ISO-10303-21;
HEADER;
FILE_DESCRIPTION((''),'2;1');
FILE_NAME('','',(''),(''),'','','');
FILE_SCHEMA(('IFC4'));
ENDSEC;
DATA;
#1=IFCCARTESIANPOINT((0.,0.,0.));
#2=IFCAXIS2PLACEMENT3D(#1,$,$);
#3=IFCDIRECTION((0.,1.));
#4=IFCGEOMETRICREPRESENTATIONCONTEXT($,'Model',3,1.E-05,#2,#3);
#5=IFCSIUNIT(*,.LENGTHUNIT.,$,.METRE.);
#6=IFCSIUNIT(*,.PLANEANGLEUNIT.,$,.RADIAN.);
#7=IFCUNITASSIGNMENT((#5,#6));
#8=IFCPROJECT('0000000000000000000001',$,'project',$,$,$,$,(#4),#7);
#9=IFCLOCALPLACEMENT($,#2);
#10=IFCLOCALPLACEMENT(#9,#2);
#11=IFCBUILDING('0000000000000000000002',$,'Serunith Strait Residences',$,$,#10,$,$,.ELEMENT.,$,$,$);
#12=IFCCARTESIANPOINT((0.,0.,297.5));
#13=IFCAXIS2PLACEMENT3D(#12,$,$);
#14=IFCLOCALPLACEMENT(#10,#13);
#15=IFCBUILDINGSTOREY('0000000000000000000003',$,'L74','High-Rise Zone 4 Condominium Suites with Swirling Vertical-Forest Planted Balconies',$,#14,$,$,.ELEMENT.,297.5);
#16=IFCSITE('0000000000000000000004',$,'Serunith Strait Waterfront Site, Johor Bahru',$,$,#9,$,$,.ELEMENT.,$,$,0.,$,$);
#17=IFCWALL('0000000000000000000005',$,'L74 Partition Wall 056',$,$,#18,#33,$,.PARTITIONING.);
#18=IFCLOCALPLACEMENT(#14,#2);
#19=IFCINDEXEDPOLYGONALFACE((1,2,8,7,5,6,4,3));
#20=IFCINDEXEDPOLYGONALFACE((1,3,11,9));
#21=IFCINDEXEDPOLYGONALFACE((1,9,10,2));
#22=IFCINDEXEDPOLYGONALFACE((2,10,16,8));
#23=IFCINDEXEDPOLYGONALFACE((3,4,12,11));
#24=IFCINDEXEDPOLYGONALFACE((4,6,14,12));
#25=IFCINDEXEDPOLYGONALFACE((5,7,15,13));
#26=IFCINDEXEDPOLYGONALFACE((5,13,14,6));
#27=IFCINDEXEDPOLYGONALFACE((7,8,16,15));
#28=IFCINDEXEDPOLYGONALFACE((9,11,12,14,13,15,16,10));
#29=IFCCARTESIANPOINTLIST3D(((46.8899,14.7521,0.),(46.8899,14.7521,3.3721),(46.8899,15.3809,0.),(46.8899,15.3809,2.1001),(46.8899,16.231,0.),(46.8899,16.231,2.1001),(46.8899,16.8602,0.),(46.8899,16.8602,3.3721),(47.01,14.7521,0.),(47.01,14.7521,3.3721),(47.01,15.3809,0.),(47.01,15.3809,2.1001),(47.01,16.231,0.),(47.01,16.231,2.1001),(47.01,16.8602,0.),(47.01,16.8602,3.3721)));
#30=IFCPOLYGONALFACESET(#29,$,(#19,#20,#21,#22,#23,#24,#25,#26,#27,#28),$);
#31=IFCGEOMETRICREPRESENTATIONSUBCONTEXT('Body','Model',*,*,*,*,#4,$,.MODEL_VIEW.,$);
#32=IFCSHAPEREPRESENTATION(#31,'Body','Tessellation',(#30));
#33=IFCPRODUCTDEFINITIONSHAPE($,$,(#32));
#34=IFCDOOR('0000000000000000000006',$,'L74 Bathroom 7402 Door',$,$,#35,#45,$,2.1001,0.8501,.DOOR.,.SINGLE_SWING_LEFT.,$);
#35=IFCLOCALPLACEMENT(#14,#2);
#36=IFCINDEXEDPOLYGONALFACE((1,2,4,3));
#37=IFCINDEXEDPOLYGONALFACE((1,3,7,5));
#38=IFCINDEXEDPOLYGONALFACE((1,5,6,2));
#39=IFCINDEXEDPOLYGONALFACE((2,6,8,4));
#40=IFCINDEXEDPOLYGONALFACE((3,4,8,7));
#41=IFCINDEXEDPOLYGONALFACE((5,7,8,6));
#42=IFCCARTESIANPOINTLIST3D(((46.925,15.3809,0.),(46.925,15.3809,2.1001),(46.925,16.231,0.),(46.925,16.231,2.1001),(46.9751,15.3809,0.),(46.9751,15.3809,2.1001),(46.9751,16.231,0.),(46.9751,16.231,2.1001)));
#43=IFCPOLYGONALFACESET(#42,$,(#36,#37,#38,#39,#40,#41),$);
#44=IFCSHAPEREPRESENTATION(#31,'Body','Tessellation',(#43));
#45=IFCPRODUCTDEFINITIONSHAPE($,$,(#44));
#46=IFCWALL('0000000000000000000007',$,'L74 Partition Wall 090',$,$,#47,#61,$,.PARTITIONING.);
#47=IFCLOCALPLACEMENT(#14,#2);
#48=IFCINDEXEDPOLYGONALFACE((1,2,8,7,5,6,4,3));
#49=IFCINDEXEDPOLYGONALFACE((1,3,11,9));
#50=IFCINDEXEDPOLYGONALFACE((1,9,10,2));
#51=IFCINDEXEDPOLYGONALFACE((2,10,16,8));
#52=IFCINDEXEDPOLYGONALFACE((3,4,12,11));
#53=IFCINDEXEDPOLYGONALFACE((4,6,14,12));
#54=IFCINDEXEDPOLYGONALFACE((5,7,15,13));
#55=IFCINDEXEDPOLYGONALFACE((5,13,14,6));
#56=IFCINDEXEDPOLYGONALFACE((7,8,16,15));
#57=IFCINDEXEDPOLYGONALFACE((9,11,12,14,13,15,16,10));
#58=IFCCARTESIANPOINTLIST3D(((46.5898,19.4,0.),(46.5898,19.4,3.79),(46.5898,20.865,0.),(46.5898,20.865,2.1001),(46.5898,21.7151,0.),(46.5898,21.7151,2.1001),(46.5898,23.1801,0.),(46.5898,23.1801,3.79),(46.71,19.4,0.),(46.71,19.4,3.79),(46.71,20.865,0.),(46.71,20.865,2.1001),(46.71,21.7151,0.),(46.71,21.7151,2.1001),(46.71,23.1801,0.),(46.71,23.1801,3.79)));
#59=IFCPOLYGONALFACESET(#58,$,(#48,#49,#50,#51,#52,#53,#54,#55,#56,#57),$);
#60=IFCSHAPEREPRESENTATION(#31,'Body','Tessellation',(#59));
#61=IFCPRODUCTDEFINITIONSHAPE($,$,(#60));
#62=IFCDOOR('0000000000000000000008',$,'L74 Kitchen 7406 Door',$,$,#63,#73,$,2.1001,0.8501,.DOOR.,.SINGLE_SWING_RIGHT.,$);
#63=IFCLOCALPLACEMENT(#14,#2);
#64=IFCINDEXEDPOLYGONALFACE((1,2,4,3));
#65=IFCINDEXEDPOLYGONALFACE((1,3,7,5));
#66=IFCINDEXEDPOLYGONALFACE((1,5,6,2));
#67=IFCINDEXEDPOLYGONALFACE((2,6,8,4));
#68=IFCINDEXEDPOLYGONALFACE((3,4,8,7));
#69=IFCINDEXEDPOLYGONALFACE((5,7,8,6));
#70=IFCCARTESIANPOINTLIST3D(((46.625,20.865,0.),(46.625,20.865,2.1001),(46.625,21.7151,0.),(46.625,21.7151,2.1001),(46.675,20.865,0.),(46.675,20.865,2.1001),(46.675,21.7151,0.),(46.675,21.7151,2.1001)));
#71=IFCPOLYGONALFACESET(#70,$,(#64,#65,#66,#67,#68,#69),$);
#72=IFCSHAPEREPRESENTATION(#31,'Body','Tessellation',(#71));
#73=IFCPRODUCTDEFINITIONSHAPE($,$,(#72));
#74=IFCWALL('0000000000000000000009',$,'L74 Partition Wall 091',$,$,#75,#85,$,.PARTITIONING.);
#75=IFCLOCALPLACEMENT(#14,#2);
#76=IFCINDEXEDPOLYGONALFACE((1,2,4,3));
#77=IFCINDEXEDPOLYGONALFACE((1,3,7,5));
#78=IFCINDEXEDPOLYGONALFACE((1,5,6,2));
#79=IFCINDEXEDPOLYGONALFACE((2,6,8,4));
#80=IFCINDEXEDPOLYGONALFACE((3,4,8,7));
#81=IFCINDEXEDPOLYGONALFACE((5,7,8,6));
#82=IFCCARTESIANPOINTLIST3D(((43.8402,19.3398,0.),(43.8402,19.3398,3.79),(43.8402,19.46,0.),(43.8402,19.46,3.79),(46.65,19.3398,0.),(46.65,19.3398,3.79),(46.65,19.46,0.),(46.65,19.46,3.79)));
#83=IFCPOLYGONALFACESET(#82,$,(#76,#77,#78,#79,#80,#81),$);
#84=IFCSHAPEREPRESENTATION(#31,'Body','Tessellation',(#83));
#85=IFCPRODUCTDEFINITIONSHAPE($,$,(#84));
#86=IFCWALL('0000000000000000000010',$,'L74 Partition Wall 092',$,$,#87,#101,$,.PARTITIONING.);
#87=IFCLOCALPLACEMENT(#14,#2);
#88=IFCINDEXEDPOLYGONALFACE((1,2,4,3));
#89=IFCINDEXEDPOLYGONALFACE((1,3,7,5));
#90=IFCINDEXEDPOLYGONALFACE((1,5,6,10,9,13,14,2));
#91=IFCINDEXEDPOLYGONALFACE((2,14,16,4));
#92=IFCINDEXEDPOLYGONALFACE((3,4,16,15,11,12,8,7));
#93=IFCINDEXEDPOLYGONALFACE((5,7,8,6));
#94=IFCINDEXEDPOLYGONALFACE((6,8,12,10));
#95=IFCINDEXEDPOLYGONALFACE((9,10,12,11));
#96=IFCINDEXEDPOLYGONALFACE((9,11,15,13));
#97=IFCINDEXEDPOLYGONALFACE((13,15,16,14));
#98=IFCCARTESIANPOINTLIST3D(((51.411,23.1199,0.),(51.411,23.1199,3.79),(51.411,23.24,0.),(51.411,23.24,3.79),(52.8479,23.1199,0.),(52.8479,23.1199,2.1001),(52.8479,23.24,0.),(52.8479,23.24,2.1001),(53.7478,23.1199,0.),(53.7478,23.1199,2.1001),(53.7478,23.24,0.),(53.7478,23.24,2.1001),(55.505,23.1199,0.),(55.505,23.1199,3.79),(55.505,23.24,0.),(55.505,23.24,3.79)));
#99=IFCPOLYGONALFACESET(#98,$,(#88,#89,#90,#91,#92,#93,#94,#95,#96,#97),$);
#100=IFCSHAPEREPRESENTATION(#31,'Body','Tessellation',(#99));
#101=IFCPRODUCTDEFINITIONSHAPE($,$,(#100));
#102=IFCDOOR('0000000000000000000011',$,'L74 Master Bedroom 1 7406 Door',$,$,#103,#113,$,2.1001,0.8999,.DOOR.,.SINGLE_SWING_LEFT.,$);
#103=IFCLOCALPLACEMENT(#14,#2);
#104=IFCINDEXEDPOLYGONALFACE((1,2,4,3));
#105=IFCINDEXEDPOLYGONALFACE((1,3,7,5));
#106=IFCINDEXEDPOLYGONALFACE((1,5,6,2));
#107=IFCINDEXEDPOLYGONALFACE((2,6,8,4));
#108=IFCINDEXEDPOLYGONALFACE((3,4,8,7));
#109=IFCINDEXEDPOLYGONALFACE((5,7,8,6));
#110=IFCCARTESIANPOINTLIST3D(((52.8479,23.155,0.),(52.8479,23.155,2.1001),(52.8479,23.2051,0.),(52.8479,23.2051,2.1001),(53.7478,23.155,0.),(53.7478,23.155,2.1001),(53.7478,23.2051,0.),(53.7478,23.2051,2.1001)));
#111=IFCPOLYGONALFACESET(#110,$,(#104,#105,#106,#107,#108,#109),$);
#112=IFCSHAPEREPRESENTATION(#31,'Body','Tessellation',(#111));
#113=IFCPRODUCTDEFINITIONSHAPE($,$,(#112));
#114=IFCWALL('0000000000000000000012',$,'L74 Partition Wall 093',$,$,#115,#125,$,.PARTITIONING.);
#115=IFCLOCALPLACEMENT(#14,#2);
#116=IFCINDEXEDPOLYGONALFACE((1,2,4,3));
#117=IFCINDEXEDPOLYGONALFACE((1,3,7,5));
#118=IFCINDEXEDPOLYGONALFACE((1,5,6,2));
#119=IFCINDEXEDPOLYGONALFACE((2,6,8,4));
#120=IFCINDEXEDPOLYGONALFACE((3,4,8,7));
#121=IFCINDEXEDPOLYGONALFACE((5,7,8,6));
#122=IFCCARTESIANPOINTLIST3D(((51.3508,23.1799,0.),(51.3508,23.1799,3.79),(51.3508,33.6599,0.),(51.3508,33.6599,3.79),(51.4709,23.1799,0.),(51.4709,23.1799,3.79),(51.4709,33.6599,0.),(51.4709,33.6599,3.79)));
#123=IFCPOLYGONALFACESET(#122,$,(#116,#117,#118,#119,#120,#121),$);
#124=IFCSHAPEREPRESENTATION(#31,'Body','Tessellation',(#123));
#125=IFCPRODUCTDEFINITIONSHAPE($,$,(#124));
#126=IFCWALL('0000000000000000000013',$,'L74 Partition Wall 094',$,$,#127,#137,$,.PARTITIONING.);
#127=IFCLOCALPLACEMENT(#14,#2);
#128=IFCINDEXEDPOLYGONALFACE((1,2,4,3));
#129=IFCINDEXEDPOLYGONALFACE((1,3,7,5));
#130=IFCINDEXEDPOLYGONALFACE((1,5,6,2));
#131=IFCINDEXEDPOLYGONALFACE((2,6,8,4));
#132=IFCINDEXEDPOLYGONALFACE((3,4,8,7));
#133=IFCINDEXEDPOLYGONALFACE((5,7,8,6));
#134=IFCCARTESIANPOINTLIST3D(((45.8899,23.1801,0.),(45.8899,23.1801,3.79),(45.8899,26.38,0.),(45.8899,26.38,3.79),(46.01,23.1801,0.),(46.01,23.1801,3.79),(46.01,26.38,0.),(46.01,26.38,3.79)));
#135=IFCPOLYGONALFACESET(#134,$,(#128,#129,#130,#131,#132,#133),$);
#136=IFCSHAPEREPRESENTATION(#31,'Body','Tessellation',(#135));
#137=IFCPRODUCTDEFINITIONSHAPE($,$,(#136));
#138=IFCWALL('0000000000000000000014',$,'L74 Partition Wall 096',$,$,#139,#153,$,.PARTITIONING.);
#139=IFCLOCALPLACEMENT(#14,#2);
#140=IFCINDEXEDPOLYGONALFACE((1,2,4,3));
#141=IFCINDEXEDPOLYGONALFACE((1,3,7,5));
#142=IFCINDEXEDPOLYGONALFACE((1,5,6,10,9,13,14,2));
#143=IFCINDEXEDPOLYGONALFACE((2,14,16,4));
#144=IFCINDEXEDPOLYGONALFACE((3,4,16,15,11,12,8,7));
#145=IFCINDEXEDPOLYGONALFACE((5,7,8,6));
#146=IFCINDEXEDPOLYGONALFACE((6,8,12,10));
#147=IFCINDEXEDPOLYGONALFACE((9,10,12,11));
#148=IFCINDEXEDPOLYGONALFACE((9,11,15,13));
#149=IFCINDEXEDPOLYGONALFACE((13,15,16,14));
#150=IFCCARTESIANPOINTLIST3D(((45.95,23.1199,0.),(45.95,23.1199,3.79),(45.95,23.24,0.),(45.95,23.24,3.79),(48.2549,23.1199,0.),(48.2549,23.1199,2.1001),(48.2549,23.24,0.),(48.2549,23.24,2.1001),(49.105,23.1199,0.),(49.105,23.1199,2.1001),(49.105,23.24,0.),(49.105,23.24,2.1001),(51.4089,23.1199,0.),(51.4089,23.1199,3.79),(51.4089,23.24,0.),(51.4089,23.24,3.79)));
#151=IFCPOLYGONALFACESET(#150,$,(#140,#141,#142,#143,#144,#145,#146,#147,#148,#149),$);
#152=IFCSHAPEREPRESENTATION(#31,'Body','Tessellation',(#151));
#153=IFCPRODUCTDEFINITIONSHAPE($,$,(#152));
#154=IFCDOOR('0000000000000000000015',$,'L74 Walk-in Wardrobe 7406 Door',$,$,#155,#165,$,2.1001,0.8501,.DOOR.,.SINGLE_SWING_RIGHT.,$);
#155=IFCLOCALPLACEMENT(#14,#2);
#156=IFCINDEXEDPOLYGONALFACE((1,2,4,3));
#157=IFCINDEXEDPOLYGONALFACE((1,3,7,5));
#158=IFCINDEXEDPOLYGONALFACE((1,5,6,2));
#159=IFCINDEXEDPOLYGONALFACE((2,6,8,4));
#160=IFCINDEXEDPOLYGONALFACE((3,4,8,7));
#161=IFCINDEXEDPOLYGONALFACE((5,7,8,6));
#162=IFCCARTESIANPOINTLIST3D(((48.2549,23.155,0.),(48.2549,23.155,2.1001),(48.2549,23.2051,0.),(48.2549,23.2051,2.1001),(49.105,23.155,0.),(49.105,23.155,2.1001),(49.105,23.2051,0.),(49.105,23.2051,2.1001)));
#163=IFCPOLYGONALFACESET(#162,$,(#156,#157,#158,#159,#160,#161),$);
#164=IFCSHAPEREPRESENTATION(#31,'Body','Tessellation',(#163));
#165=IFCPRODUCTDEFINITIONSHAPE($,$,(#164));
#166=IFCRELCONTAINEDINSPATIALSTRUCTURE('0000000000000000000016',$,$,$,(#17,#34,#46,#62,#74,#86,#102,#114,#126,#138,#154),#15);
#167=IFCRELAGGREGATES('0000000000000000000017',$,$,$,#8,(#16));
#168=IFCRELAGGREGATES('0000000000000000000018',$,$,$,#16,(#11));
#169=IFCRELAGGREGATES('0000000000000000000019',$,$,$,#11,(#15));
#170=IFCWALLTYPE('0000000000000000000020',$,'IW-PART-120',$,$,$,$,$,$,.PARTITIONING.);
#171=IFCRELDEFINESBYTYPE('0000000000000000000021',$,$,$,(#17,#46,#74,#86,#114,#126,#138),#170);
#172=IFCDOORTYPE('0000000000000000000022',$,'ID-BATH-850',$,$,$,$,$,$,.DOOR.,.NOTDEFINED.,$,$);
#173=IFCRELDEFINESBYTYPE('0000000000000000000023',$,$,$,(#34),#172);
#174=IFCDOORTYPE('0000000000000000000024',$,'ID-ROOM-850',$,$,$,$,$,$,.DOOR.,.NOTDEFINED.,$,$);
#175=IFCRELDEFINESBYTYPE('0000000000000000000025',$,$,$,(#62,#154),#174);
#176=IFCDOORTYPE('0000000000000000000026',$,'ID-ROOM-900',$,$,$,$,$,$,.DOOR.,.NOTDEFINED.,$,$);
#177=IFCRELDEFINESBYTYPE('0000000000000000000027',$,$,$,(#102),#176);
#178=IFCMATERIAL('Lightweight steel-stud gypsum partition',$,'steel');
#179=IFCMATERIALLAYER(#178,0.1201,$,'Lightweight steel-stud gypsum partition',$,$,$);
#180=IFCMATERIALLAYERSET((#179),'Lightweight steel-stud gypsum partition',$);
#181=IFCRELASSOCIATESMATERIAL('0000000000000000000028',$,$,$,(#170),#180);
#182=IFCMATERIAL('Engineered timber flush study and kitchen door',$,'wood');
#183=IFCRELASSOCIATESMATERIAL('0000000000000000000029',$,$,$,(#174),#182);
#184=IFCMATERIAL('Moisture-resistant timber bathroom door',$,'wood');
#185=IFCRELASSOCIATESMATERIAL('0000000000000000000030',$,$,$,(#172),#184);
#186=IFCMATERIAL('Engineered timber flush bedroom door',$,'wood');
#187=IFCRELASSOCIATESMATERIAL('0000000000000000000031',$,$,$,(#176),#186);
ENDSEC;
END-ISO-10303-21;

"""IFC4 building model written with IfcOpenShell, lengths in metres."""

from ifc_helpers import new_model, si_unit, direction, frame, frame_2d, origin, place, context, subcontext, project, spatial, rectangle, extrude, source, transform, mapped, material, layer, layer_set, type_object, element, fill, save


model = new_model("IFC4")

# Units and contexts
model_context = context("Model", 3, precision=1e-05, world=origin(), true_north=direction((0.0, 1.0)))
body_context = subcontext(model_context, "Body", "Model", "MODEL_VIEW")
ifc_project = project(units=[si_unit("LENGTHUNIT", "METRE"), si_unit("PLANEANGLEUNIT", "RADIAN")], contexts=[model_context])

# Site, building, storey
site_placement = place(None, origin())
site = spatial("IfcSite", under=ifc_project, at=site_placement, Name="Serunith Strait Waterfront Site, Johor Bahru", CompositionType="ELEMENT", RefElevation=0.0)
building_placement = place(site_placement, origin())
building = spatial("IfcBuilding", under=site, at=building_placement, Name="Serunith Strait Residences", CompositionType="ELEMENT")
storey_placement = place(building_placement, frame((0.0, 0.0, 297.5)))
storey = spatial("IfcBuildingStorey", under=building, at=storey_placement, Name="L74", Description="High-Rise Zone 4 Condominium Suites with Swirling Vertical-Forest Planted Balconies", CompositionType="ELEMENT", Elevation=297.5)

# Shared definitions
ifc_material_1 = material(Name="Lightweight steel-stud gypsum partition", Category="steel")
ifc_layer_1 = layer(ifc_material_1, 0.1201, Name="Lightweight steel-stud gypsum partition")
ifc_layer_set_1 = layer_set([ifc_layer_1], Name="Lightweight steel-stud gypsum partition")
wall_type_1 = type_object("IfcWallType", Name="IW-PART-120", PredefinedType="PARTITIONING", material=ifc_layer_set_1)

# Walls, openings, doors
ifc_material_2 = material(Name="Engineered timber flush study and kitchen door", Category="wood")
door_type_1 = type_object("IfcDoorType", Name="ID-ROOM-850", OperationType="NOTDEFINED", PredefinedType="DOOR", material=ifc_material_2)
shared_shape_1 = source(origin(), body_context, "Body", "SweptSolid", [
    extrude(rectangle(XDim=0.8501, YDim=2.1001, at=frame_2d((0.425, 1.05))), frame((0.0, 0.0249, 0.0), z_axis=(0.0, -1.0, 0.0), x_axis=(1.0, 0.0, 0.0)), (0.0, 0.0, 1.0), 0.05),
])
wall_1_placement = place(storey_placement, frame((46.95, 14.752, 0.0), z_axis=(0.0, 0.0, 1.0), x_axis=(0.0, 1.0, 0.0)))
wall_1 = element("IfcWall", 1, at=wall_1_placement, inside=storey, type_object=wall_type_1, Name="L74 Partition Wall 056", PredefinedType="PARTITIONING", context=body_context, shape_type="SweptSolid", body=[
    extrude(rectangle(XDim=2.1082, YDim=0.1201, at=frame_2d((1.0542, 0.0))), origin(), (0.0, 0.0, 1.0), 3.3721),
])
opening_1_placement = place(wall_1_placement, frame((0.6289, 0.0, 0.0)))
opening_1 = element("IfcOpeningElement", 2, at=opening_1_placement, cuts=wall_1, PredefinedType="OPENING", context=body_context, shape_type="SweptSolid", body=[
    extrude(rectangle(XDim=0.8501, YDim=2.1001, at=frame_2d((0.425, 1.05))), frame((0.0, 0.0701, 0.0), z_axis=(0.0, -1.0, 0.0), x_axis=(1.0, 0.0, 0.0)), (0.0, 0.0, 1.0), 0.1401),
])
ifc_material_3 = material(Name="Moisture-resistant timber bathroom door", Category="wood")
door_type_2 = type_object("IfcDoorType", Name="ID-BATH-850", OperationType="NOTDEFINED", PredefinedType="DOOR", material=ifc_material_3)
door_1_placement = place(opening_1_placement, origin())
door_1 = element("IfcDoor", 3, at=door_1_placement, inside=storey, type_object=door_type_2, Name="L74 Bathroom 7402 Door", OperationType="SINGLE_SWING_LEFT", OverallHeight=2.1001, OverallWidth=0.8501, PredefinedType="DOOR", context=body_context, shape_type="MappedRepresentation", body=[
    mapped(shared_shape_1, transform((0.0, 0.0, 0.0), scale=1.0)),
])
fill(opening_1, door_1)
wall_2_placement = place(storey_placement, frame((46.6499, 19.3999, 0.0), z_axis=(0.0, 0.0, 1.0), x_axis=(0.0, 1.0, 0.0)))
wall_2 = element("IfcWall", 4, at=wall_2_placement, inside=storey, type_object=wall_type_1, Name="L74 Partition Wall 090", PredefinedType="PARTITIONING", context=body_context, shape_type="SweptSolid", body=[
    extrude(rectangle(XDim=3.78, YDim=0.1201, at=frame_2d((1.8901, 0.0))), origin(), (0.0, 0.0, 1.0), 3.79),
])
opening_2_placement = place(wall_2_placement, frame((1.4651, 0.0, 0.0)))
opening_2 = element("IfcOpeningElement", 5, at=opening_2_placement, cuts=wall_2, PredefinedType="OPENING", context=body_context, shape_type="SweptSolid", body=[
    extrude(rectangle(XDim=0.8501, YDim=2.1001, at=frame_2d((0.425, 1.05))), frame((0.0, 0.0701, 0.0), z_axis=(0.0, -1.0, 0.0), x_axis=(1.0, 0.0, 0.0)), (0.0, 0.0, 1.0), 0.1401),
])
door_2_placement = place(opening_2_placement, origin())
door_2 = element("IfcDoor", 6, at=door_2_placement, inside=storey, type_object=door_type_1, Name="L74 Kitchen 7406 Door", OperationType="SINGLE_SWING_RIGHT", OverallHeight=2.1001, OverallWidth=0.8501, PredefinedType="DOOR", context=body_context, shape_type="MappedRepresentation", body=[
    mapped(shared_shape_1, transform((0.0, 0.0, 0.0), scale=1.0)),
])
fill(opening_2, door_2)

# Wall
wall_3_placement = place(storey_placement, frame((46.6499, 19.3999, 0.0), z_axis=(0.0, 0.0, 1.0), x_axis=(-1.0, 0.0, 0.0)))
element("IfcWall", 7, at=wall_3_placement, inside=storey, type_object=wall_type_1, Name="L74 Partition Wall 091", PredefinedType="PARTITIONING", context=body_context, shape_type="SweptSolid", body=[
    extrude(rectangle(XDim=2.8098, YDim=0.1201, at=frame_2d((1.4048, 0.0))), origin(), (0.0, 0.0, 1.0), 3.79),
])

# Wall, opening, door
wall_4_placement = place(storey_placement, frame((55.5049, 23.1799, 0.0), z_axis=(0.0, 0.0, 1.0), x_axis=(-1.0, 0.0, 0.0)))
wall_4 = element("IfcWall", 8, at=wall_4_placement, inside=storey, type_object=wall_type_1, Name="L74 Partition Wall 092", PredefinedType="PARTITIONING", context=body_context, shape_type="SweptSolid", body=[
    extrude(rectangle(XDim=4.094, YDim=0.1201, at=frame_2d((2.0469, 0.0))), origin(), (0.0, 0.0, 1.0), 3.79),
])
opening_3_placement = place(wall_4_placement, frame((1.7571, 0.0, 0.0)))
opening_3 = element("IfcOpeningElement", 9, at=opening_3_placement, cuts=wall_4, PredefinedType="OPENING", context=body_context, shape_type="SweptSolid", body=[
    extrude(rectangle(XDim=0.8999, YDim=2.1001, at=frame_2d((0.45, 1.05))), frame((0.0, 0.0701, 0.0), z_axis=(0.0, -1.0, 0.0), x_axis=(1.0, 0.0, 0.0)), (0.0, 0.0, 1.0), 0.1401),
])
ifc_material_4 = material(Name="Engineered timber flush bedroom door", Category="wood")
door_type_3 = type_object("IfcDoorType", Name="ID-ROOM-900", OperationType="NOTDEFINED", PredefinedType="DOOR", material=ifc_material_4)
shared_shape_2 = source(origin(), body_context, "Body", "SweptSolid", [
    extrude(rectangle(XDim=0.8999, YDim=2.1001, at=frame_2d((0.45, 1.05))), frame((0.0, 0.0249, 0.0), z_axis=(0.0, -1.0, 0.0), x_axis=(1.0, 0.0, 0.0)), (0.0, 0.0, 1.0), 0.05),
])
door_3_placement = place(opening_3_placement, origin())
door_3 = element("IfcDoor", 10, at=door_3_placement, inside=storey, type_object=door_type_3, Name="L74 Master Bedroom 1 7406 Door", OperationType="SINGLE_SWING_LEFT", OverallHeight=2.1001, OverallWidth=0.8999, PredefinedType="DOOR", context=body_context, shape_type="MappedRepresentation", body=[
    mapped(shared_shape_2, transform((0.0, 0.0, 0.0), scale=1.0)),
])
fill(opening_3, door_3)

# Walls
wall_5_placement = place(storey_placement, frame((51.4109, 23.1799, 0.0), z_axis=(0.0, 0.0, 1.0), x_axis=(0.0, 1.0, 0.0)))
element("IfcWall", 11, at=wall_5_placement, inside=storey, type_object=wall_type_1, Name="L74 Partition Wall 093", PredefinedType="PARTITIONING", context=body_context, shape_type="SweptSolid", body=[
    extrude(rectangle(XDim=10.48, YDim=0.1201, at=frame_2d((5.24, 0.0))), origin(), (0.0, 0.0, 1.0), 3.79),
])
wall_6_placement = place(storey_placement, frame((45.95, 23.1799, 0.0), z_axis=(0.0, 0.0, 1.0), x_axis=(0.0, 1.0, 0.0)))
element("IfcWall", 12, at=wall_6_placement, inside=storey, type_object=wall_type_1, Name="L74 Partition Wall 094", PredefinedType="PARTITIONING", context=body_context, shape_type="SweptSolid", body=[
    extrude(rectangle(XDim=3.2, YDim=0.1201, at=frame_2d((1.6001, 0.0))), origin(), (0.0, 0.0, 1.0), 3.79),
])

# Wall, opening, door
wall_7_placement = place(storey_placement, frame((51.4089, 23.1799, 0.0), z_axis=(0.0, 0.0, 1.0), x_axis=(-1.0, 0.0, 0.0)))
wall_7 = element("IfcWall", 13, at=wall_7_placement, inside=storey, type_object=wall_type_1, Name="L74 Partition Wall 096", PredefinedType="PARTITIONING", context=body_context, shape_type="SweptSolid", body=[
    extrude(rectangle(XDim=5.459, YDim=0.1201, at=frame_2d((2.7295, 0.0))), origin(), (0.0, 0.0, 1.0), 3.79),
])
opening_4_placement = place(wall_7_placement, frame((2.304, 0.0, 0.0)))
opening_4 = element("IfcOpeningElement", 14, at=opening_4_placement, cuts=wall_7, PredefinedType="OPENING", context=body_context, shape_type="SweptSolid", body=[
    extrude(rectangle(XDim=0.8501, YDim=2.1001, at=frame_2d((0.425, 1.05))), frame((0.0, 0.0701, 0.0), z_axis=(0.0, -1.0, 0.0), x_axis=(1.0, 0.0, 0.0)), (0.0, 0.0, 1.0), 0.1401),
])
door_4_placement = place(opening_4_placement, origin())
door_4 = element("IfcDoor", 15, at=door_4_placement, inside=storey, type_object=door_type_1, Name="L74 Walk-in Wardrobe 7406 Door", OperationType="SINGLE_SWING_RIGHT", OverallHeight=2.1001, OverallWidth=0.8501, PredefinedType="DOOR", context=body_context, shape_type="MappedRepresentation", body=[
    mapped(shared_shape_1, transform((0.0, 0.0, 0.0), scale=1.0)),
])
fill(opening_4, door_4)

save(model, "model.ifc")
